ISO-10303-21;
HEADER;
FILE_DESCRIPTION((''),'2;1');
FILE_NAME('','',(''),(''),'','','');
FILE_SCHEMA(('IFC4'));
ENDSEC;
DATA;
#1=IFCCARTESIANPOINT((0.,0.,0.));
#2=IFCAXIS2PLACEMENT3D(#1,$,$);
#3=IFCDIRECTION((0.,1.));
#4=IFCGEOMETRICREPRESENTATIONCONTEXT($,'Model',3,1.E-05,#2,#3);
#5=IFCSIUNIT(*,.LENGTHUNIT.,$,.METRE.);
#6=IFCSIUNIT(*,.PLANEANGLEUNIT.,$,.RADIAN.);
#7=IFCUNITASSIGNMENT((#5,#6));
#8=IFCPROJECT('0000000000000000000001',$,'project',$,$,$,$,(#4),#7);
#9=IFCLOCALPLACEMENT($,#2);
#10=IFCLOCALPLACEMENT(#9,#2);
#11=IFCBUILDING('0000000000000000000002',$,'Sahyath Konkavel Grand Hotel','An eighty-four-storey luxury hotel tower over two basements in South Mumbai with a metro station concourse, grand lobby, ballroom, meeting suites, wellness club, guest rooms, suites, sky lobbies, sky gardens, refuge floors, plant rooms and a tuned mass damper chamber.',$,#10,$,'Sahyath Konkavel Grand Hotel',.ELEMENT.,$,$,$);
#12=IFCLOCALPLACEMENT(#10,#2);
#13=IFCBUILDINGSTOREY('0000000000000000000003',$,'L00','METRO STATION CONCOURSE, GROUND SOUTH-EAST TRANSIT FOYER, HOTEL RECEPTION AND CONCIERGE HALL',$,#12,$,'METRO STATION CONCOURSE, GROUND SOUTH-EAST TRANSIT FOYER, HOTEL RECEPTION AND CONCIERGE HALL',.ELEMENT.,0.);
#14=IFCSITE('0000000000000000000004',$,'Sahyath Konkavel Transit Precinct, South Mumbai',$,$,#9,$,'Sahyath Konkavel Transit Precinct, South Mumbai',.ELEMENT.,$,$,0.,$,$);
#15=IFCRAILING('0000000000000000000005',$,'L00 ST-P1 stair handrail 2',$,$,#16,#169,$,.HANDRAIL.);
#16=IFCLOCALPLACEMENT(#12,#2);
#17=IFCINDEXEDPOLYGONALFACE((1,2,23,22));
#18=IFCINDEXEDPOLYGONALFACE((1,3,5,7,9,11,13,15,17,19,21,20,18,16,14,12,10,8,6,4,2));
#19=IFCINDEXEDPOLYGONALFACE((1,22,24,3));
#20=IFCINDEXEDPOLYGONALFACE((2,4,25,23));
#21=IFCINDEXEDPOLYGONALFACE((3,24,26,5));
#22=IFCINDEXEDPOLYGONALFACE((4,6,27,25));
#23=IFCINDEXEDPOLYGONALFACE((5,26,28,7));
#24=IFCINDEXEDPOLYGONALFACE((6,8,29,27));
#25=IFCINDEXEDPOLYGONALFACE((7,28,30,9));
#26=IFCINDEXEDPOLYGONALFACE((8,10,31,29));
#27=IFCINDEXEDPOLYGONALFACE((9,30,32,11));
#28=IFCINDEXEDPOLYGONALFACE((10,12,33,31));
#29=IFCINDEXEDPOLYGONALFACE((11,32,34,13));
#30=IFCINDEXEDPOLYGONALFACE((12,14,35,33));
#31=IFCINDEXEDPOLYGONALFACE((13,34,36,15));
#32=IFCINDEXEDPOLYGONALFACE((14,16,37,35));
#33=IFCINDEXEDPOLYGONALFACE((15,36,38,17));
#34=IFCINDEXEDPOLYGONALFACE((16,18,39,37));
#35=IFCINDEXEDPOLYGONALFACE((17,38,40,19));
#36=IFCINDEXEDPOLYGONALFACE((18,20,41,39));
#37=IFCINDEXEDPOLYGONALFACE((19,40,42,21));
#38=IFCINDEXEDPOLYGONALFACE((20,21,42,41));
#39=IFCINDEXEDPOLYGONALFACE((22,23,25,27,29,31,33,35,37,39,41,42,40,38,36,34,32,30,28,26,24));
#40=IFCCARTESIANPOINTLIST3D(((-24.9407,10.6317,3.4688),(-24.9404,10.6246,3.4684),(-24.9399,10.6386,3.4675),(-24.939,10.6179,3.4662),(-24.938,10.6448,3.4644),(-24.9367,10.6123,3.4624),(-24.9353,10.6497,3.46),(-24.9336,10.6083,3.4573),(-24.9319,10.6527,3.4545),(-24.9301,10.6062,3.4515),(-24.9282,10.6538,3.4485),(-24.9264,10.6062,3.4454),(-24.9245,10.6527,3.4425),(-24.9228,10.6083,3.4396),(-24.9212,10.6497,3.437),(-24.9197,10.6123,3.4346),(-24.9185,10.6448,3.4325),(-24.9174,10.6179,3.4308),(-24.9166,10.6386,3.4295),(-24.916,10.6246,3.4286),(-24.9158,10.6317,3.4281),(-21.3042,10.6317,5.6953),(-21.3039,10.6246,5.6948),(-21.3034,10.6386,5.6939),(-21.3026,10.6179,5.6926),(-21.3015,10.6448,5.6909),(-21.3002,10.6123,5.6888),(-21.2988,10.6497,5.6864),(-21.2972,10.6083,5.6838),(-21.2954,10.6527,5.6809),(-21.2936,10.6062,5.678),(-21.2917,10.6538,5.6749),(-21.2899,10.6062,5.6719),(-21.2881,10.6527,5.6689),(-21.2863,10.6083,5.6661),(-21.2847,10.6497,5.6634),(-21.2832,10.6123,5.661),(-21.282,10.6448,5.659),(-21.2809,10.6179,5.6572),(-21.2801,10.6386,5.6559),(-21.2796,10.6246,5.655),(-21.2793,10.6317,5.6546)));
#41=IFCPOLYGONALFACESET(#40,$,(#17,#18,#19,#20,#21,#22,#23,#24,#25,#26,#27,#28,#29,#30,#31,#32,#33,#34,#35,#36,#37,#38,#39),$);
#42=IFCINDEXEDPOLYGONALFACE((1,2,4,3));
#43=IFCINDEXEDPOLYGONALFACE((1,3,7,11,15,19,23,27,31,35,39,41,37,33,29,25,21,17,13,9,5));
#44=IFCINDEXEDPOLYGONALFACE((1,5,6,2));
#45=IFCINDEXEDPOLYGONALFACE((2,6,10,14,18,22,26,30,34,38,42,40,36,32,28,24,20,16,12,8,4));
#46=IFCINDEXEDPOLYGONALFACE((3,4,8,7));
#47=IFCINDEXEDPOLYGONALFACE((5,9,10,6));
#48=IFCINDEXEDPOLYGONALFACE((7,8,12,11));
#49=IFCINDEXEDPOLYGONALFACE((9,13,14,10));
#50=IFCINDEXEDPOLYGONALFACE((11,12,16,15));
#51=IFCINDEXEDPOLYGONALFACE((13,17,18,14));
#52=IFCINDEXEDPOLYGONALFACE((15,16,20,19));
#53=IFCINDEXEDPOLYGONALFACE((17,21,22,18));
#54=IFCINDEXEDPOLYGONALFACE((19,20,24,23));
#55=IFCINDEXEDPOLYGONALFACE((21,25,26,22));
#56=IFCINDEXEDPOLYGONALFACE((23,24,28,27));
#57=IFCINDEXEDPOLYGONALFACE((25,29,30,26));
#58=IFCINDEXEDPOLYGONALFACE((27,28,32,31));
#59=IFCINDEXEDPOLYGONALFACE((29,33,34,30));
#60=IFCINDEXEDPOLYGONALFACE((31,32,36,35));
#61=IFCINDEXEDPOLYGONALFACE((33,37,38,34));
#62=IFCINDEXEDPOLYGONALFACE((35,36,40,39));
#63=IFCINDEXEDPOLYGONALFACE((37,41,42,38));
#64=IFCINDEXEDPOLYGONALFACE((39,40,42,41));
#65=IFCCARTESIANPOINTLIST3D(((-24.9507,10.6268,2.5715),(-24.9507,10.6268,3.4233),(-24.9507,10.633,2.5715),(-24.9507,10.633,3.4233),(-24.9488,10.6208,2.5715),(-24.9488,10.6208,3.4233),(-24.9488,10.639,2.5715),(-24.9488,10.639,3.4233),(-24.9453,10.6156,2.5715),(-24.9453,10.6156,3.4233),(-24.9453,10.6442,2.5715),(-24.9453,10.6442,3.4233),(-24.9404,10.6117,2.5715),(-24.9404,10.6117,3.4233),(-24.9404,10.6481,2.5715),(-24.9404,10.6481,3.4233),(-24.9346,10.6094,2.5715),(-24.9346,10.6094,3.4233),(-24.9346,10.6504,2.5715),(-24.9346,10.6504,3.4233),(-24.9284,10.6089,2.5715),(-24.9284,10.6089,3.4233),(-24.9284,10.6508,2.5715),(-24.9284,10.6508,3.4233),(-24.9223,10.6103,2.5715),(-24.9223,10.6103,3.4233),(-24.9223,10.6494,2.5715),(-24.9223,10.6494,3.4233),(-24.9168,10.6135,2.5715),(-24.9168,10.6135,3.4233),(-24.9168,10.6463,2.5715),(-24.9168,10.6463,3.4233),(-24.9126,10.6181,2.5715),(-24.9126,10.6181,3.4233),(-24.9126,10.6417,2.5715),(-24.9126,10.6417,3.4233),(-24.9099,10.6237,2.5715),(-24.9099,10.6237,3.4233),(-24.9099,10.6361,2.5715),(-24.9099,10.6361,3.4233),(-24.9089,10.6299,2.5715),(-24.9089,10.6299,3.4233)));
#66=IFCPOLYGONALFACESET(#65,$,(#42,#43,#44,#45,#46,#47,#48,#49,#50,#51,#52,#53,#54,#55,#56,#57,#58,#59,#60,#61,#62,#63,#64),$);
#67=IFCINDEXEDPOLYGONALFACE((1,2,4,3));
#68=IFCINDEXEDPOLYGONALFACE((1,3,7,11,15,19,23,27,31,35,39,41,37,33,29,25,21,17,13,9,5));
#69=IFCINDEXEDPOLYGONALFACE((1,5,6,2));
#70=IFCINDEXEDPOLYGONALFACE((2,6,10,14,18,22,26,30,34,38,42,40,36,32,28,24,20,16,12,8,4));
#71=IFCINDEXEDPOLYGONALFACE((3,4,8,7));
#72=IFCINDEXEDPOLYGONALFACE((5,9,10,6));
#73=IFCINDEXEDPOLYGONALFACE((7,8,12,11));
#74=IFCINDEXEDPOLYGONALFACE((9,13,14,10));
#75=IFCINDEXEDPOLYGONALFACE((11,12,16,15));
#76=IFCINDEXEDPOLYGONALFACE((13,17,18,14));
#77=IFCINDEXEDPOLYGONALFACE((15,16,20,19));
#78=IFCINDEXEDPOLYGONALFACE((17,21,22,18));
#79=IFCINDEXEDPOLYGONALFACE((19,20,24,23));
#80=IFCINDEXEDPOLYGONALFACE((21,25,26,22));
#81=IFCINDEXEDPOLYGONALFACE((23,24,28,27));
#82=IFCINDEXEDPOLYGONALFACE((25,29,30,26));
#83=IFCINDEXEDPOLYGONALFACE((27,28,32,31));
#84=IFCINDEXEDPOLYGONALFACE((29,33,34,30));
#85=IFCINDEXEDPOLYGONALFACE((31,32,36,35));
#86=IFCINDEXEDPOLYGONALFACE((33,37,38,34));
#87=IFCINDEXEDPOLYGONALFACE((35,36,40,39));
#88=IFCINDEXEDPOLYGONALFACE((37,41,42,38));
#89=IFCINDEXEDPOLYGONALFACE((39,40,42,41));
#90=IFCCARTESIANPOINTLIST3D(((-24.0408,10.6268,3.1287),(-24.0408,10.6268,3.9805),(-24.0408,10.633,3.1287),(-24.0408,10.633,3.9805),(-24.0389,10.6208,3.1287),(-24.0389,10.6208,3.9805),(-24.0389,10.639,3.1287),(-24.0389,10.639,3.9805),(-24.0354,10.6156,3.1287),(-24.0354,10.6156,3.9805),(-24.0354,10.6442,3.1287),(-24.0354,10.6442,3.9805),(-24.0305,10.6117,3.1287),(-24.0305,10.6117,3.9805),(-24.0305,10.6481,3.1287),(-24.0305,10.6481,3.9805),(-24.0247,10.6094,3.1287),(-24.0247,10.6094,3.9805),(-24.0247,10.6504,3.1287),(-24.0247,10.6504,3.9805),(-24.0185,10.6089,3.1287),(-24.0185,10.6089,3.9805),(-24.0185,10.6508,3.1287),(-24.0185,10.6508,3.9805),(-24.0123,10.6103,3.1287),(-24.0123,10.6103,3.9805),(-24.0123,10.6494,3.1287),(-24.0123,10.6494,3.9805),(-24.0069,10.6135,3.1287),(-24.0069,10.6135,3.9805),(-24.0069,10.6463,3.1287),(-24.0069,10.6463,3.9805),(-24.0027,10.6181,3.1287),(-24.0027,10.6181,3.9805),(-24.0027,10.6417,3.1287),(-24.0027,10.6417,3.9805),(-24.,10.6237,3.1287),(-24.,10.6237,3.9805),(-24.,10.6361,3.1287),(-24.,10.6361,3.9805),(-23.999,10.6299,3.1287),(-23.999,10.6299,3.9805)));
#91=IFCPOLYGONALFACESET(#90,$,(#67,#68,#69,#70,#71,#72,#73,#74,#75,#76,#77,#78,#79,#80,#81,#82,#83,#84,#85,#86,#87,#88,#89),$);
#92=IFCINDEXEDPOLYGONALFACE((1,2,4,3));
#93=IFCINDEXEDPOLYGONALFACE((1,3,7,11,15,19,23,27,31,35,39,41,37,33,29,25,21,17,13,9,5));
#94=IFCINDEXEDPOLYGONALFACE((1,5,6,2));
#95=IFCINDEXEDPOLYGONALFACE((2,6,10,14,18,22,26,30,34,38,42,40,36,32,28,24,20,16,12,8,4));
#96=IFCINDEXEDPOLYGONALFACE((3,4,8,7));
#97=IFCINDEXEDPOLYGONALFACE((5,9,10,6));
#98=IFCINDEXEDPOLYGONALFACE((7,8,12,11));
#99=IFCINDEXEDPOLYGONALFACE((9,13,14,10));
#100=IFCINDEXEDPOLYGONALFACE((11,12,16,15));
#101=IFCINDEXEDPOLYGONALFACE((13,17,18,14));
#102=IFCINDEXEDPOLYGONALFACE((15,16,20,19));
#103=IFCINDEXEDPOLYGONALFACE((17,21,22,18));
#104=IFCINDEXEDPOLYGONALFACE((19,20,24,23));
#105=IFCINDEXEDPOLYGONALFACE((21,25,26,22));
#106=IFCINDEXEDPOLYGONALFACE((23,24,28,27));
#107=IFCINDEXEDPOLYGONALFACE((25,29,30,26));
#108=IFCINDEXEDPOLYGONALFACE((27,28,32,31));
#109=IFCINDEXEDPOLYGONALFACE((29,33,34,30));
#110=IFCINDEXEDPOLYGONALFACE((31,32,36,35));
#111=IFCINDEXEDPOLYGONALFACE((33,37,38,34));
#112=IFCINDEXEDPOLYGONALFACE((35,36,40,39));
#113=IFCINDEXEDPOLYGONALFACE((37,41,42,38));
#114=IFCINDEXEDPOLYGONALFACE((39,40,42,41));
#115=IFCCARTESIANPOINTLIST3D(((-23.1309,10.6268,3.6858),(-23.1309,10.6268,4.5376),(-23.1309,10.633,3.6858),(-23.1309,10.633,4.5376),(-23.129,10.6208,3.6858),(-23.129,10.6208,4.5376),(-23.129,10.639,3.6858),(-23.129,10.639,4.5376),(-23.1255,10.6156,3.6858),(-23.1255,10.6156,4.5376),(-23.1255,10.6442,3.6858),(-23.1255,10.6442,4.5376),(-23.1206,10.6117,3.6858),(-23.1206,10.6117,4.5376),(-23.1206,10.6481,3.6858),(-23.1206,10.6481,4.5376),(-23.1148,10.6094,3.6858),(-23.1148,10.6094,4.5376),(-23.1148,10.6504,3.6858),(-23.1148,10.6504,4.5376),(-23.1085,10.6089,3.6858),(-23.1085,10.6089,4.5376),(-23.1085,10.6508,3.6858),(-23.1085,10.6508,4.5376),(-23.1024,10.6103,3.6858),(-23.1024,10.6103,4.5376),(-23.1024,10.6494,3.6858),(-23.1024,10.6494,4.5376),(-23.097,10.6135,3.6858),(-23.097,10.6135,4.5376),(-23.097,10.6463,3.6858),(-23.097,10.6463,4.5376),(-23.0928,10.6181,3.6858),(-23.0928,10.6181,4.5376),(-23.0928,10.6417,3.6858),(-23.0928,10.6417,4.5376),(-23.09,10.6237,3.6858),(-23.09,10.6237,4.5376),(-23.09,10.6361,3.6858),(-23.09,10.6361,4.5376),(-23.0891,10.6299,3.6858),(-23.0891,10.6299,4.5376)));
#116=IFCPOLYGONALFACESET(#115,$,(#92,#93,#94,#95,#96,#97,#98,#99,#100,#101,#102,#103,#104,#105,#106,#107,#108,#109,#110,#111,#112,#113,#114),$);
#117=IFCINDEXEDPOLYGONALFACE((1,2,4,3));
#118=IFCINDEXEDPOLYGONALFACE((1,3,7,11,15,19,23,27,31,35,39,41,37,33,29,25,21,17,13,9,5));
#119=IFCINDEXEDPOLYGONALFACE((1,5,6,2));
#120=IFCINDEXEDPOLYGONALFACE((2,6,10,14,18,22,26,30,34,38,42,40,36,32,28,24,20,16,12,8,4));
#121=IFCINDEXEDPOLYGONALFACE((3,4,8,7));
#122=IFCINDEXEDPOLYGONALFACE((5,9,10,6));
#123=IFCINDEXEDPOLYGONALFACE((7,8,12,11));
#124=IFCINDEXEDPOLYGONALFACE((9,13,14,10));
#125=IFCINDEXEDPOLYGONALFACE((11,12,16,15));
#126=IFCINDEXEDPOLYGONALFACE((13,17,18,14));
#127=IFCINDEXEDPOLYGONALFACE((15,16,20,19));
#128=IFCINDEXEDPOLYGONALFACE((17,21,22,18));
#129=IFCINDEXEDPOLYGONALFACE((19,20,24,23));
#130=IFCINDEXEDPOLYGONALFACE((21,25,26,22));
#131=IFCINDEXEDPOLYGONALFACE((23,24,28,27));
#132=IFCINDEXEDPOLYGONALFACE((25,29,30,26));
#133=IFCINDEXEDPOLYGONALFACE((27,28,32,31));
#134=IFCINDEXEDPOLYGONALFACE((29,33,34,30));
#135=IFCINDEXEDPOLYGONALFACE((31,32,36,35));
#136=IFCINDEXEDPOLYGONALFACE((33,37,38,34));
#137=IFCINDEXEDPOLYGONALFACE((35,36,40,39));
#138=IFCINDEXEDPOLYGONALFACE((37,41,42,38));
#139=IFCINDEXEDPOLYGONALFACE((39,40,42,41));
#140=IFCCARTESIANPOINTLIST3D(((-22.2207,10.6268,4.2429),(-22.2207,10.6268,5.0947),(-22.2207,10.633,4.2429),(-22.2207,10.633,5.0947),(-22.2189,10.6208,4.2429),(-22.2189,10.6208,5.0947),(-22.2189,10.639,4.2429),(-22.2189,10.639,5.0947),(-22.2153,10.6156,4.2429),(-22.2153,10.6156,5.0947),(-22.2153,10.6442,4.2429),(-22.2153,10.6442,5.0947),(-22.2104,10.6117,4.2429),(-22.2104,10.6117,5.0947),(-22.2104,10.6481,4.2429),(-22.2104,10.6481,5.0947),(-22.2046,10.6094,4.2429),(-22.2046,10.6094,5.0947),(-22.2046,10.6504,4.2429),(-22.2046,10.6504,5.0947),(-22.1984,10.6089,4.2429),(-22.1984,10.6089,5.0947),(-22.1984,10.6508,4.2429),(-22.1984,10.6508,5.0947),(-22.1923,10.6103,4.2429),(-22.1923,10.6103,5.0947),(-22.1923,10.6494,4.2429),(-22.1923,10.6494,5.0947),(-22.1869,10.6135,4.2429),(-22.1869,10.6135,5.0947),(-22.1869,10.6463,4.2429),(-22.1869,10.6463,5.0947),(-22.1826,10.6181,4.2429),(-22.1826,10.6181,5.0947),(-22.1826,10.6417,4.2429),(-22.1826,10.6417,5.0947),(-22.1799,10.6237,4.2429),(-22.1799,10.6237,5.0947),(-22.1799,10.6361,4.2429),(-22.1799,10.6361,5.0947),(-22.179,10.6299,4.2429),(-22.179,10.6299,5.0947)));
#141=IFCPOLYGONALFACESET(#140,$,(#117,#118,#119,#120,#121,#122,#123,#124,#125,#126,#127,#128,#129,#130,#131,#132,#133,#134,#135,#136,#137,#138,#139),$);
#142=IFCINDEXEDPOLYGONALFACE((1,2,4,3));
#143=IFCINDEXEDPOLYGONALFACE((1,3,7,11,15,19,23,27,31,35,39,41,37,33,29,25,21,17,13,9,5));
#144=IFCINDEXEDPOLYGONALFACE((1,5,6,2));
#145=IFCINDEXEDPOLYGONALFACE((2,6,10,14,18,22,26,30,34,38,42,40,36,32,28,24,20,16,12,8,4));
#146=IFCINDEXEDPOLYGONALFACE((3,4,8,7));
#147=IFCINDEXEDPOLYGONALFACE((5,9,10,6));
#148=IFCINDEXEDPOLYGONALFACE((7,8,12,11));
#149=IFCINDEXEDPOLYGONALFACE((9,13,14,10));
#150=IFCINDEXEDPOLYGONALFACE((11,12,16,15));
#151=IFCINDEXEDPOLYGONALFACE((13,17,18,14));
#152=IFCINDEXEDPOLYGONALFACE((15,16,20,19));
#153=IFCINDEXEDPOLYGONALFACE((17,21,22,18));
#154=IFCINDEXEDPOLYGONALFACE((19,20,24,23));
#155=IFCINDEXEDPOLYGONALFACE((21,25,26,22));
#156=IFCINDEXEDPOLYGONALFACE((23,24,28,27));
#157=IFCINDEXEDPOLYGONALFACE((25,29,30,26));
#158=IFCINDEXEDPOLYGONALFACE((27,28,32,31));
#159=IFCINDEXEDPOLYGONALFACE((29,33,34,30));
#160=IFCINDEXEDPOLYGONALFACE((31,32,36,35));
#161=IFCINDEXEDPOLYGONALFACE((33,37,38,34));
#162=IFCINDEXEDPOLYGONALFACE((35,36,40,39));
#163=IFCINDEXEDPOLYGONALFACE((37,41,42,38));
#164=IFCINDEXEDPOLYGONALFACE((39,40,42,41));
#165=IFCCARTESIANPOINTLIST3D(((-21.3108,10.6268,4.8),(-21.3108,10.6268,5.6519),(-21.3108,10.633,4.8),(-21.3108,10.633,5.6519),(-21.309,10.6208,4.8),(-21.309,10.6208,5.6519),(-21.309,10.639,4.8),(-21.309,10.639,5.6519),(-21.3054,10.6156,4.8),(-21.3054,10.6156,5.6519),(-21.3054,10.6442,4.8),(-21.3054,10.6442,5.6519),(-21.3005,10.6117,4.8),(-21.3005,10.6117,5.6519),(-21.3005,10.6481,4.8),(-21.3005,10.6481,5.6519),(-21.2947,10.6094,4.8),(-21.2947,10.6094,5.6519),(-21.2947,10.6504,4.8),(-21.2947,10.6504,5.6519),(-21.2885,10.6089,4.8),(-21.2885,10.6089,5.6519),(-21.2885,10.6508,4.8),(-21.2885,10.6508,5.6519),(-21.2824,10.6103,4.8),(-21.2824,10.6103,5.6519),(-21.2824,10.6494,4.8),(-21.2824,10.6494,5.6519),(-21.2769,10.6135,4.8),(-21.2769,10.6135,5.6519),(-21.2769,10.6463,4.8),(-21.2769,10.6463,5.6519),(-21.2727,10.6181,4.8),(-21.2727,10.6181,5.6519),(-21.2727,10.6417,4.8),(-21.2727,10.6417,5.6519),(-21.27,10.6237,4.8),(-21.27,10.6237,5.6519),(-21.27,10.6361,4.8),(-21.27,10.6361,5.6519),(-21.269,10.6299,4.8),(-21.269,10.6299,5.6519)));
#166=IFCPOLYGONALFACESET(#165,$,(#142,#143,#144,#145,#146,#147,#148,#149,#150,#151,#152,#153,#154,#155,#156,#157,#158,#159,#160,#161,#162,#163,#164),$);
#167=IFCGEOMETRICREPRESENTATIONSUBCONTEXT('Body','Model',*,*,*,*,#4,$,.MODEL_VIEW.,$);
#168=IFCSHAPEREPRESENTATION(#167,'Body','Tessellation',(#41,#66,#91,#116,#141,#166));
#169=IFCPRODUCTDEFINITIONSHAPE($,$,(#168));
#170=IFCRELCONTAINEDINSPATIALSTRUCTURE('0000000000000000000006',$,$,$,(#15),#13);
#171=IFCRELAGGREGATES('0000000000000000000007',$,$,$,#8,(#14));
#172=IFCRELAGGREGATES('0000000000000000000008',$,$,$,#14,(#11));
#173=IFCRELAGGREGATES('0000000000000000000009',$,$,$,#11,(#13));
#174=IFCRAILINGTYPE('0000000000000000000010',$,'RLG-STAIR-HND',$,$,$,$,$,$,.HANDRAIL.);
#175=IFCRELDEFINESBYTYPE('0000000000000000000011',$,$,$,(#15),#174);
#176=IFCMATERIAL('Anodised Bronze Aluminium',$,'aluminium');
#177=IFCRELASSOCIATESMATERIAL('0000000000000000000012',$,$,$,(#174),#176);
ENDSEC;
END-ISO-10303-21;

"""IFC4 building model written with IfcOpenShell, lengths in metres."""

from ifc_helpers import new_model, si_unit, direction, frame, origin, origin_2d, place, context, subcontext, project, spatial, circle, extrude, material, type_object, element, save


model = new_model("IFC4")

# Units and contexts
model_context = context("Model", 3, precision=1e-05, world=origin(), true_north=direction((0.0, 1.0)))
body_context = subcontext(model_context, "Body", "Model", "MODEL_VIEW")
ifc_project = project(units=[si_unit("LENGTHUNIT", "METRE"), si_unit("PLANEANGLEUNIT", "RADIAN")], contexts=[model_context])

# Site, building, storey
site_placement = place(None, origin())
site = spatial("IfcSite", under=ifc_project, at=site_placement, Name="Sahyath Konkavel Transit Precinct, South Mumbai", LongName="Sahyath Konkavel Transit Precinct, South Mumbai", CompositionType="ELEMENT", RefElevation=0.0)
building_placement = place(site_placement, origin())
building = spatial("IfcBuilding", under=site, at=building_placement, Name="Sahyath Konkavel Grand Hotel", Description="An eighty-four-storey luxury hotel tower over two basements in South Mumbai with a metro station concourse, grand lobby, ballroom, meeting suites, wellness club, guest rooms, suites, sky lobbies, sky gardens, refuge floors, plant rooms and a tuned mass damper chamber.", LongName="Sahyath Konkavel Grand Hotel", CompositionType="ELEMENT")
storey_placement = place(building_placement, origin())
storey = spatial("IfcBuildingStorey", under=building, at=storey_placement, Name="L00", Description="METRO STATION CONCOURSE, GROUND SOUTH-EAST TRANSIT FOYER, HOTEL RECEPTION AND CONCIERGE HALL", LongName="METRO STATION CONCOURSE, GROUND SOUTH-EAST TRANSIT FOYER, HOTEL RECEPTION AND CONCIERGE HALL", CompositionType="ELEMENT", Elevation=0.0)

# Railing
ifc_material_1 = material(Name="Anodised Bronze Aluminium", Category="aluminium")
railing_type_1 = type_object("IfcRailingType", Name="RLG-STAIR-HND", PredefinedType="HANDRAIL", material=ifc_material_1)
railing_1_placement = place(storey_placement, frame((-24.9299, 10.6299, 2.5715)))
element("IfcRailing", 1, at=railing_1_placement, inside=storey, type_object=railing_type_1, Name="L00 ST-P1 stair handrail 2", PredefinedType="HANDRAIL", context=body_context, shape_type="SweptSolid", body=[
    extrude(circle(Radius=0.0239, at=origin_2d()), frame((0.0017, 0.0, 0.877), z_axis=(0.85285, 0.0, 0.522156), x_axis=(0.0, 1.0, 0.0)), (0.0, 0.0, 1.0), 4.2639),
    extrude(circle(Radius=0.021, at=origin_2d()), origin(), (0.0, 0.0, 1.0), 0.8518),
    extrude(circle(Radius=0.021, at=origin_2d()), frame((0.9099, 0.0, 0.5571)), (0.0, 0.0, 1.0), 0.8518),
    extrude(circle(Radius=0.021, at=origin_2d()), frame((1.8198, 0.0, 1.1143)), (0.0, 0.0, 1.0), 0.8518),
    extrude(circle(Radius=0.021, at=origin_2d()), frame((2.73, 0.0, 1.6714)), (0.0, 0.0, 1.0), 0.8518),
    extrude(circle(Radius=0.021, at=origin_2d()), frame((3.6399, 0.0, 2.2285)), (0.0, 0.0, 1.0), 0.8518),
])

save(model, "model.ifc")
